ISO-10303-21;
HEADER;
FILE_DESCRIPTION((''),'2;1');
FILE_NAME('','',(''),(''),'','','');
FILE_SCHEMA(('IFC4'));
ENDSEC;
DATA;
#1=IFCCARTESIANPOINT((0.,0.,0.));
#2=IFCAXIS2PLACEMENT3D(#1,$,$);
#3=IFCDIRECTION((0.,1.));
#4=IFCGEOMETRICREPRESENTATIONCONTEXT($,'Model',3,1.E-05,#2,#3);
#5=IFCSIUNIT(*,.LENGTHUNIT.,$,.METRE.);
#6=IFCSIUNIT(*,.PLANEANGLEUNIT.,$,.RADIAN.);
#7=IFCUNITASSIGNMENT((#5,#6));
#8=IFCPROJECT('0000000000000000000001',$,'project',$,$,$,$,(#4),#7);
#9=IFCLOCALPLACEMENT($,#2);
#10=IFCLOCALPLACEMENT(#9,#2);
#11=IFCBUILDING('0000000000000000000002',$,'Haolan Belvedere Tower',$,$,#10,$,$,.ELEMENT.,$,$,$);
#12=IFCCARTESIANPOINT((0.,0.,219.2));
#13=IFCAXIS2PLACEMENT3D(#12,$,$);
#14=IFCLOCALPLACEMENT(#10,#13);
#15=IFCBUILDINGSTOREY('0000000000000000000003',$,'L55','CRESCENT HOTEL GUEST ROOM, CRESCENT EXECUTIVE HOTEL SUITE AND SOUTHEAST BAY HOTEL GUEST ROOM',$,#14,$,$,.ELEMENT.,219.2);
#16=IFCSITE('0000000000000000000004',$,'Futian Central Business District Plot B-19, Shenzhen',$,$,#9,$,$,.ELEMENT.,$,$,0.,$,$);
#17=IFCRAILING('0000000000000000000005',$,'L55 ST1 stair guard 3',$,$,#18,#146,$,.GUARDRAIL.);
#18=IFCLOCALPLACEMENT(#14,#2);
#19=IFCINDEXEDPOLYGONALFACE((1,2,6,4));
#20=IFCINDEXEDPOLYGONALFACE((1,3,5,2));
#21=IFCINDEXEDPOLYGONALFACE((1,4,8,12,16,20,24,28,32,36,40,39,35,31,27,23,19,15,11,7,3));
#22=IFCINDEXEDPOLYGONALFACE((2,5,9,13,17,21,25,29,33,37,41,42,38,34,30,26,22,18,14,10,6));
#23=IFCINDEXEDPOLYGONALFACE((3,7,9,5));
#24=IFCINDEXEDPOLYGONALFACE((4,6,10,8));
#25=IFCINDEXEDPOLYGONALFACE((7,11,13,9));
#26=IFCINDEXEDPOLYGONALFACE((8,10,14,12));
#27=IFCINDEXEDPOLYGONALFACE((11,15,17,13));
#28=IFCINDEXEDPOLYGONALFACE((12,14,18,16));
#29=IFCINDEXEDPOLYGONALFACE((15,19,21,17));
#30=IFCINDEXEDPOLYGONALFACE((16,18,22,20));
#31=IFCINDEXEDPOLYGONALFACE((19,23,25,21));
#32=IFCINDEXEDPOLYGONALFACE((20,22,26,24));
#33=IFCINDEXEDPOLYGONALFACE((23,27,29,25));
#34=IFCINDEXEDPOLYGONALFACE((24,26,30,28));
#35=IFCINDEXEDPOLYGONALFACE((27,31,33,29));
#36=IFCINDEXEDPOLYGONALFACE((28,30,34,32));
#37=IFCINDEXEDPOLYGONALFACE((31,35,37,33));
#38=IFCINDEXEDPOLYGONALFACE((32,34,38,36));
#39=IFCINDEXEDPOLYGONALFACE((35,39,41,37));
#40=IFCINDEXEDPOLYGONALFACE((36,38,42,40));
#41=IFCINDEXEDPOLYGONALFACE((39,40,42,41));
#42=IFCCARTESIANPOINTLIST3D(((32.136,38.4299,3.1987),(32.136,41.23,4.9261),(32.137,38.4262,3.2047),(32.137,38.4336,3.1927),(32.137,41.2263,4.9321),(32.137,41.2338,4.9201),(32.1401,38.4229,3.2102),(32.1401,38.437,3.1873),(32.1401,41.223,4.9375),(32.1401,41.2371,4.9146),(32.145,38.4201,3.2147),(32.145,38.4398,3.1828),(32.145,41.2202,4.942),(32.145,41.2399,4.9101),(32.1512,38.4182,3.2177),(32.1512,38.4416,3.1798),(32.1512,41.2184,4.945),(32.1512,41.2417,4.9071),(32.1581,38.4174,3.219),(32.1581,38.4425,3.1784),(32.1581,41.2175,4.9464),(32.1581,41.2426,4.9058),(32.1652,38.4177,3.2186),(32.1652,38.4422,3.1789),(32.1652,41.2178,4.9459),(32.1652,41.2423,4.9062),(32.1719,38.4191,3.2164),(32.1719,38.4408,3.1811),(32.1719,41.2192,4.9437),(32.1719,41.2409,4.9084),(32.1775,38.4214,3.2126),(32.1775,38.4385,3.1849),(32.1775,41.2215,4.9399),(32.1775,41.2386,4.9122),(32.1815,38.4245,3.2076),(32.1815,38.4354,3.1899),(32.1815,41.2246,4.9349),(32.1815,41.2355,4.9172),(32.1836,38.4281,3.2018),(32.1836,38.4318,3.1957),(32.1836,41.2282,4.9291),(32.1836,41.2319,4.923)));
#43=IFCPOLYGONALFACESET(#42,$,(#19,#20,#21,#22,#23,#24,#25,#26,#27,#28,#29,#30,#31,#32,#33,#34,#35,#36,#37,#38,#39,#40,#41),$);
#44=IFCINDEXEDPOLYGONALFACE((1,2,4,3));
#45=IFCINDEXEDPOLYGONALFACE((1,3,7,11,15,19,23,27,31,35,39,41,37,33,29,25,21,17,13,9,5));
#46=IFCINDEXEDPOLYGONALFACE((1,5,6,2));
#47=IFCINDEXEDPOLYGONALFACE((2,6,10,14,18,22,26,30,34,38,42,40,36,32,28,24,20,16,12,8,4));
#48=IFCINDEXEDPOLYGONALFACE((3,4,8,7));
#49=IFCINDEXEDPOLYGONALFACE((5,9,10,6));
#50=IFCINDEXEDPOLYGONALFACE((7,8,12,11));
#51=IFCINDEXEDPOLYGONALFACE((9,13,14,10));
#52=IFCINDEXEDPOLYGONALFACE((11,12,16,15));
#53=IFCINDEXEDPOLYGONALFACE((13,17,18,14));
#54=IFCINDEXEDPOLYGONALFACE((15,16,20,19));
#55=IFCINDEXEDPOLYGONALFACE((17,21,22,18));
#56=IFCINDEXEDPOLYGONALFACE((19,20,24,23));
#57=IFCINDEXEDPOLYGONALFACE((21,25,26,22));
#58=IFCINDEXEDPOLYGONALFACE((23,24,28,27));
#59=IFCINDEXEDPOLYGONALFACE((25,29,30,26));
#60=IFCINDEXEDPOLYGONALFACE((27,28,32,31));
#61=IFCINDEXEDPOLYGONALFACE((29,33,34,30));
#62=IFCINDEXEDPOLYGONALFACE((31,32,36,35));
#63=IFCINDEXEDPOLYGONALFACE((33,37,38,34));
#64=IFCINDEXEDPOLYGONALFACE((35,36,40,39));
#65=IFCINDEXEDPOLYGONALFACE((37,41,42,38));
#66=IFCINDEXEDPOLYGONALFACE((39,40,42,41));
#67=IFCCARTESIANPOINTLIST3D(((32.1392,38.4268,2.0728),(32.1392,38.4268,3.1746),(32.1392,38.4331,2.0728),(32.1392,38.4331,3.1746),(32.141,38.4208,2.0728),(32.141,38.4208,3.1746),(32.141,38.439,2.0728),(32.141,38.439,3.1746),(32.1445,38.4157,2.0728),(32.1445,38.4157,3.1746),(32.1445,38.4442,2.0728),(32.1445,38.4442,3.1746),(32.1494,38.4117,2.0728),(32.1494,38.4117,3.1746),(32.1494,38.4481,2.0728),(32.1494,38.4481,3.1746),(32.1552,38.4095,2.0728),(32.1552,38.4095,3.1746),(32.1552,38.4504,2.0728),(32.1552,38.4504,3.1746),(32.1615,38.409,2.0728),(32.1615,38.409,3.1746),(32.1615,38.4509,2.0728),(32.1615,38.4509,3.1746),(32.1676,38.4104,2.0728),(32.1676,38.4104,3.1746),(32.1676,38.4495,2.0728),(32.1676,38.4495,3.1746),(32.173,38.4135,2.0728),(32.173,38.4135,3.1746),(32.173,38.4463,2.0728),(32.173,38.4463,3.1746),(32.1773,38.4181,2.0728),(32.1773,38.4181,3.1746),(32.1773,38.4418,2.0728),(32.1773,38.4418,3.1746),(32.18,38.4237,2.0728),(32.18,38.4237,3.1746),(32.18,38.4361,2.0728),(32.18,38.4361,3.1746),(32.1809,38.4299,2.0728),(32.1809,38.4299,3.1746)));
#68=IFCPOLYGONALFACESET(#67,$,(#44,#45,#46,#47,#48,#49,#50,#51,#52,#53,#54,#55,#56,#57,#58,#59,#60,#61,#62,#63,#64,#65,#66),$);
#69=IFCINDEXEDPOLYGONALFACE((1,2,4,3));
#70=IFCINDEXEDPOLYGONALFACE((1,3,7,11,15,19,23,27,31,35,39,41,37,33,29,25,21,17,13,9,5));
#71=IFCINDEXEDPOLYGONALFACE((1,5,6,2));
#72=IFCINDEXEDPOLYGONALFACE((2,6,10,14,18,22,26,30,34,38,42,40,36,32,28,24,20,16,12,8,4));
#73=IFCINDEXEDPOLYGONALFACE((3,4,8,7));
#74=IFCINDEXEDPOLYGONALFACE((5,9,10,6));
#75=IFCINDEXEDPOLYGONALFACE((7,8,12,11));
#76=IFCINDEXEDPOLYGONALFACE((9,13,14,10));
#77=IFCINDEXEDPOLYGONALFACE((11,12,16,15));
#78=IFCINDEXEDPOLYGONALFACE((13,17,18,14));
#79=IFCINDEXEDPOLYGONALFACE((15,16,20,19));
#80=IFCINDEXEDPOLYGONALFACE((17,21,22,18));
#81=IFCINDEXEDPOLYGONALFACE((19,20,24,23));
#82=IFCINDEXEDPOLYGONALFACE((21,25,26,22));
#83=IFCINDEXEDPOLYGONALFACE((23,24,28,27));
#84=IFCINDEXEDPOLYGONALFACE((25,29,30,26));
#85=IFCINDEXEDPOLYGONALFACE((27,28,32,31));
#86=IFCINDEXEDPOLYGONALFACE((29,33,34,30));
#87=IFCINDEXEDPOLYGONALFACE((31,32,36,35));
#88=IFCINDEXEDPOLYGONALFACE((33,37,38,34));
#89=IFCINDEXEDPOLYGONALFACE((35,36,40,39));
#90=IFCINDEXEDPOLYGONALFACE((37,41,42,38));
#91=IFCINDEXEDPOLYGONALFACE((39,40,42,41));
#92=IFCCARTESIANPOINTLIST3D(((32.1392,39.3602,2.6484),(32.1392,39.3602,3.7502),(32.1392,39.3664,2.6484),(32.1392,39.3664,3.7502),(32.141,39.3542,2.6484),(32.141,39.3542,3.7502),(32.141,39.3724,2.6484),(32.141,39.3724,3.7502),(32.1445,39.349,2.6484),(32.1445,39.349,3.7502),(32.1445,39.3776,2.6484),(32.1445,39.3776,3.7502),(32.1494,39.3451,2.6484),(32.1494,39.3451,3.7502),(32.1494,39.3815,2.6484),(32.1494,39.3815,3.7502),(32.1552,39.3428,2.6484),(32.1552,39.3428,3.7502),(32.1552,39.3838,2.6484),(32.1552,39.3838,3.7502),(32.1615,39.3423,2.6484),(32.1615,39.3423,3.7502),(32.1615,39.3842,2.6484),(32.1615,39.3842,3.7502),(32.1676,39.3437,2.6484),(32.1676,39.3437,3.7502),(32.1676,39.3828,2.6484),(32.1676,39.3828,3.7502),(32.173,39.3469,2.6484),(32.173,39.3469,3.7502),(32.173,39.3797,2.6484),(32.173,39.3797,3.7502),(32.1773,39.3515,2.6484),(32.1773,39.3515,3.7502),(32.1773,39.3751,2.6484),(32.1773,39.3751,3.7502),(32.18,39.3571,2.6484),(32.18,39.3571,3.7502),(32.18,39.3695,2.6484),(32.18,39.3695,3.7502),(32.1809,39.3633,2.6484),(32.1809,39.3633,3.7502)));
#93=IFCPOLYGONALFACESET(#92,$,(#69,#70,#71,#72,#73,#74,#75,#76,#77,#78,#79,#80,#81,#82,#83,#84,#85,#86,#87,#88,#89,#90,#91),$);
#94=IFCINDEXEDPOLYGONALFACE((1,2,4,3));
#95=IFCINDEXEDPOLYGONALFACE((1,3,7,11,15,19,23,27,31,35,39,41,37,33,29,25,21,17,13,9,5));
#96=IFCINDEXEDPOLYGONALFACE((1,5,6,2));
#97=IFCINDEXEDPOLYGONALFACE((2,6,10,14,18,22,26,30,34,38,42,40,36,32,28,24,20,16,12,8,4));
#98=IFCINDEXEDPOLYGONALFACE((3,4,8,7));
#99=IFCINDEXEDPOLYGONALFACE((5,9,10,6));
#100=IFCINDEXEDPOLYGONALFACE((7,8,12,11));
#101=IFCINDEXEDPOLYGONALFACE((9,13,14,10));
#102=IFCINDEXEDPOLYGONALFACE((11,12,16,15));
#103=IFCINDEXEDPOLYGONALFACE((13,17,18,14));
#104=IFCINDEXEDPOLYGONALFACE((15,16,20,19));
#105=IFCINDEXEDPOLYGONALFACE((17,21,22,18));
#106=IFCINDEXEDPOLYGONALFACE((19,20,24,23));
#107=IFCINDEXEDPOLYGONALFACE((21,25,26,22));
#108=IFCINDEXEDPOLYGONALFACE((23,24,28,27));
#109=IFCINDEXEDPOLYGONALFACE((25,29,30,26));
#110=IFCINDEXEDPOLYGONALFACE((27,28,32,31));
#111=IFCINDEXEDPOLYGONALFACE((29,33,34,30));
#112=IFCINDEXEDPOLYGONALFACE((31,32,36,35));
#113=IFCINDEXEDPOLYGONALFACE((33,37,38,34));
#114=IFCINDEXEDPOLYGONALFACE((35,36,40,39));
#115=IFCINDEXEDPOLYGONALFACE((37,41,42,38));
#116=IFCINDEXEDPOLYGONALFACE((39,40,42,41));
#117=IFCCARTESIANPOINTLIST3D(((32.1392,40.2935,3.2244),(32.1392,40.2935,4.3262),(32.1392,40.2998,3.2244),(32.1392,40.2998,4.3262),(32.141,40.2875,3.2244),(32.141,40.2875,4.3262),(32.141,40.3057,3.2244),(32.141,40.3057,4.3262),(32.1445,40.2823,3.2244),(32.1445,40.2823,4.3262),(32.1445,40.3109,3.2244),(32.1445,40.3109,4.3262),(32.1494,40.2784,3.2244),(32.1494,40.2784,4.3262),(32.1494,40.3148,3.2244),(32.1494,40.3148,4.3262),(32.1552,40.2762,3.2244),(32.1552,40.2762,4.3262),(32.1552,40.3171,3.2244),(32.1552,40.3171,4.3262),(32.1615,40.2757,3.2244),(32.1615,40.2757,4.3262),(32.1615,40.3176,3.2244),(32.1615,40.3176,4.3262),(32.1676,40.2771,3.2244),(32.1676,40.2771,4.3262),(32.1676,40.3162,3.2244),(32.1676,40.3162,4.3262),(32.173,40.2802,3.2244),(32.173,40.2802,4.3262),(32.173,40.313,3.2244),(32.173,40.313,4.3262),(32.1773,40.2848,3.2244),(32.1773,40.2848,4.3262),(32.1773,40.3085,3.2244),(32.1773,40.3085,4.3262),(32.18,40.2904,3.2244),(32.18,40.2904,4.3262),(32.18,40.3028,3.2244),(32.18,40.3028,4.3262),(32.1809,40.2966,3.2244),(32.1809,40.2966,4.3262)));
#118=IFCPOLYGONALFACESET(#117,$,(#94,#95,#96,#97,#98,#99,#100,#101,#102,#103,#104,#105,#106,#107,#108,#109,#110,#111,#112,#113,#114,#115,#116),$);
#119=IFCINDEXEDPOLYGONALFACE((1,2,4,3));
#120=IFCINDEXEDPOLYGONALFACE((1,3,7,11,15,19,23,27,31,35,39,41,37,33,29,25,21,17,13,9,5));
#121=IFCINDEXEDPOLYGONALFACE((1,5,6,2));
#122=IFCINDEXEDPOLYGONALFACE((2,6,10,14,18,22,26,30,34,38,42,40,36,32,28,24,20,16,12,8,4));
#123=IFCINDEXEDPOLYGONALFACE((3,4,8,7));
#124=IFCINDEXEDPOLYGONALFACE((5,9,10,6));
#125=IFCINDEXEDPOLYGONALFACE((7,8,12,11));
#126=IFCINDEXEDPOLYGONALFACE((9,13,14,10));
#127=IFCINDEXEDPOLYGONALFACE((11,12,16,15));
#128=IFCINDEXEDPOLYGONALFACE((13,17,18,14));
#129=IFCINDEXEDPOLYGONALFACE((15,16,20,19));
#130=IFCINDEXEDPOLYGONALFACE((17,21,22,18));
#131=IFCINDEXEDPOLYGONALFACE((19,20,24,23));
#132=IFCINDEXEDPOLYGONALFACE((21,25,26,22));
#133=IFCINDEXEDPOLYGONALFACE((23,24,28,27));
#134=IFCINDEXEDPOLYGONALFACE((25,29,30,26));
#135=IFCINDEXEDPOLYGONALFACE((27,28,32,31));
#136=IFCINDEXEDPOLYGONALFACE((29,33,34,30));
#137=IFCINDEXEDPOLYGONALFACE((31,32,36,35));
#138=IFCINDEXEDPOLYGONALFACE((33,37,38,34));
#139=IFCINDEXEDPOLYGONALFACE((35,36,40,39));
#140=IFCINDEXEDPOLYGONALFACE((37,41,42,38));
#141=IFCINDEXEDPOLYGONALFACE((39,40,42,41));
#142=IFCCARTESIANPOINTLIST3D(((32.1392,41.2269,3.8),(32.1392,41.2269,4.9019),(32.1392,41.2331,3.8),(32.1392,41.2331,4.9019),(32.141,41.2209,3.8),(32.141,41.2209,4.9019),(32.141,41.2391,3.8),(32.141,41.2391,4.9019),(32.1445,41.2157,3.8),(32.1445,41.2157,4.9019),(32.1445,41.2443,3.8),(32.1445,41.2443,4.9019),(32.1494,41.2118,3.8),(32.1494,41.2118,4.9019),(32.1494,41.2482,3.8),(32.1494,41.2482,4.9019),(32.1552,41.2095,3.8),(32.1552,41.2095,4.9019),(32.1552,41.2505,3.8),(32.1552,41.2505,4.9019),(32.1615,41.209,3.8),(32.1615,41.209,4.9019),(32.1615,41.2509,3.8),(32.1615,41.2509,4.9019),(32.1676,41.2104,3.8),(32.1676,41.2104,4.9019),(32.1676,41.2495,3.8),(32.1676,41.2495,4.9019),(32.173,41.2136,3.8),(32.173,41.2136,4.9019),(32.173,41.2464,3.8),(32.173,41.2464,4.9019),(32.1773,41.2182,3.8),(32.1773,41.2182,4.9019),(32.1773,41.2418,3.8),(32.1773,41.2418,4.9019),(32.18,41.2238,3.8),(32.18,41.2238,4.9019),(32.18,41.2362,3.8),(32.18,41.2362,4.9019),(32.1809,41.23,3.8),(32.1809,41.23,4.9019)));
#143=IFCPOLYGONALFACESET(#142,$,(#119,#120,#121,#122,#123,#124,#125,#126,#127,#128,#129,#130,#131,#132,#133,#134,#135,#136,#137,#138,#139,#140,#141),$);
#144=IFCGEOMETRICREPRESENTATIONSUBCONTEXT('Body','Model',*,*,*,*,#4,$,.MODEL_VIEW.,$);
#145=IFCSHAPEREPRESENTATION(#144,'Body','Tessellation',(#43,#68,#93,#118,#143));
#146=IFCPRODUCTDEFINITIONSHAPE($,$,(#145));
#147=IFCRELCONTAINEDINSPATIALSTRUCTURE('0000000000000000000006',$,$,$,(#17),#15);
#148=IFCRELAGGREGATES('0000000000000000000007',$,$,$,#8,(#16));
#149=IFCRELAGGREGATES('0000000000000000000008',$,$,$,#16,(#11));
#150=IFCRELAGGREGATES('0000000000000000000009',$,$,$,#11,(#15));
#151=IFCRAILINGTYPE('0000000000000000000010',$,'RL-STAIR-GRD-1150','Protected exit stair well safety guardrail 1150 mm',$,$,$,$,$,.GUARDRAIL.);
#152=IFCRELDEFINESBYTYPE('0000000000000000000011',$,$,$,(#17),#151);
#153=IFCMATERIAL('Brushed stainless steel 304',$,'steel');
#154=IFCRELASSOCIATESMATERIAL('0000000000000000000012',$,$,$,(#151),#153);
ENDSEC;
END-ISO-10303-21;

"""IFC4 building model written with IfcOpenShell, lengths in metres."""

from ifc_helpers import new_model, si_unit, direction, frame, origin, origin_2d, place, context, subcontext, project, spatial, circle, extrude, material, type_object, element, save


model = new_model("IFC4")

# Units and contexts
model_context = context("Model", 3, precision=1e-05, world=origin(), true_north=direction((0.0, 1.0)))
body_context = subcontext(model_context, "Body", "Model", "MODEL_VIEW")
ifc_project = project(units=[si_unit("LENGTHUNIT", "METRE"), si_unit("PLANEANGLEUNIT", "RADIAN")], contexts=[model_context])

# Site, building, storey
site_placement = place(None, origin())
site = spatial("IfcSite", under=ifc_project, at=site_placement, Name="Futian Central Business District Plot B-19, Shenzhen", CompositionType="ELEMENT", RefElevation=0.0)
building_placement = place(site_placement, origin())
building = spatial("IfcBuilding", under=site, at=building_placement, Name="Haolan Belvedere Tower", CompositionType="ELEMENT")
storey_placement = place(building_placement, frame((0.0, 0.0, 219.2)))
storey = spatial("IfcBuildingStorey", under=building, at=storey_placement, Name="L55", Description="CRESCENT HOTEL GUEST ROOM, CRESCENT EXECUTIVE HOTEL SUITE AND SOUTHEAST BAY HOTEL GUEST ROOM", CompositionType="ELEMENT", Elevation=219.2)

# Railing
ifc_material_1 = material(Name="Brushed stainless steel 304", Category="steel")
railing_type_1 = type_object("IfcRailingType", Name="RL-STAIR-GRD-1150", Description="Protected exit stair well safety guardrail 1150 mm", PredefinedType="GUARDRAIL", material=ifc_material_1)
railing_1_placement = place(storey_placement, frame((32.1599, 38.4299, 2.0728)))
element("IfcRailing", 1, at=railing_1_placement, inside=storey, type_object=railing_type_1, Name="L55 ST1 stair guard 3", PredefinedType="GUARDRAIL", context=body_context, shape_type="SweptSolid", body=[
    extrude(circle(Radius=0.0239, at=origin_2d()), frame((0.0, 0.0, 1.126), z_axis=(0.0, 0.85109, 0.52502), x_axis=(-1.0, 0.0, 0.0)), (0.0, 0.0, 1.0), 3.29),
    extrude(circle(Radius=0.021, at=origin_2d()), origin(), (0.0, 0.0, 1.0), 1.1018),
    extrude(circle(Radius=0.021, at=origin_2d()), frame((0.0, 0.9333, 0.5757)), (0.0, 0.0, 1.0), 1.1018),
    extrude(circle(Radius=0.021, at=origin_2d()), frame((0.0, 1.8667, 1.1516)), (0.0, 0.0, 1.0), 1.1018),
    extrude(circle(Radius=0.021, at=origin_2d()), frame((0.0, 2.8, 1.7273)), (0.0, 0.0, 1.0), 1.1018),
])

save(model, "model.ifc")
